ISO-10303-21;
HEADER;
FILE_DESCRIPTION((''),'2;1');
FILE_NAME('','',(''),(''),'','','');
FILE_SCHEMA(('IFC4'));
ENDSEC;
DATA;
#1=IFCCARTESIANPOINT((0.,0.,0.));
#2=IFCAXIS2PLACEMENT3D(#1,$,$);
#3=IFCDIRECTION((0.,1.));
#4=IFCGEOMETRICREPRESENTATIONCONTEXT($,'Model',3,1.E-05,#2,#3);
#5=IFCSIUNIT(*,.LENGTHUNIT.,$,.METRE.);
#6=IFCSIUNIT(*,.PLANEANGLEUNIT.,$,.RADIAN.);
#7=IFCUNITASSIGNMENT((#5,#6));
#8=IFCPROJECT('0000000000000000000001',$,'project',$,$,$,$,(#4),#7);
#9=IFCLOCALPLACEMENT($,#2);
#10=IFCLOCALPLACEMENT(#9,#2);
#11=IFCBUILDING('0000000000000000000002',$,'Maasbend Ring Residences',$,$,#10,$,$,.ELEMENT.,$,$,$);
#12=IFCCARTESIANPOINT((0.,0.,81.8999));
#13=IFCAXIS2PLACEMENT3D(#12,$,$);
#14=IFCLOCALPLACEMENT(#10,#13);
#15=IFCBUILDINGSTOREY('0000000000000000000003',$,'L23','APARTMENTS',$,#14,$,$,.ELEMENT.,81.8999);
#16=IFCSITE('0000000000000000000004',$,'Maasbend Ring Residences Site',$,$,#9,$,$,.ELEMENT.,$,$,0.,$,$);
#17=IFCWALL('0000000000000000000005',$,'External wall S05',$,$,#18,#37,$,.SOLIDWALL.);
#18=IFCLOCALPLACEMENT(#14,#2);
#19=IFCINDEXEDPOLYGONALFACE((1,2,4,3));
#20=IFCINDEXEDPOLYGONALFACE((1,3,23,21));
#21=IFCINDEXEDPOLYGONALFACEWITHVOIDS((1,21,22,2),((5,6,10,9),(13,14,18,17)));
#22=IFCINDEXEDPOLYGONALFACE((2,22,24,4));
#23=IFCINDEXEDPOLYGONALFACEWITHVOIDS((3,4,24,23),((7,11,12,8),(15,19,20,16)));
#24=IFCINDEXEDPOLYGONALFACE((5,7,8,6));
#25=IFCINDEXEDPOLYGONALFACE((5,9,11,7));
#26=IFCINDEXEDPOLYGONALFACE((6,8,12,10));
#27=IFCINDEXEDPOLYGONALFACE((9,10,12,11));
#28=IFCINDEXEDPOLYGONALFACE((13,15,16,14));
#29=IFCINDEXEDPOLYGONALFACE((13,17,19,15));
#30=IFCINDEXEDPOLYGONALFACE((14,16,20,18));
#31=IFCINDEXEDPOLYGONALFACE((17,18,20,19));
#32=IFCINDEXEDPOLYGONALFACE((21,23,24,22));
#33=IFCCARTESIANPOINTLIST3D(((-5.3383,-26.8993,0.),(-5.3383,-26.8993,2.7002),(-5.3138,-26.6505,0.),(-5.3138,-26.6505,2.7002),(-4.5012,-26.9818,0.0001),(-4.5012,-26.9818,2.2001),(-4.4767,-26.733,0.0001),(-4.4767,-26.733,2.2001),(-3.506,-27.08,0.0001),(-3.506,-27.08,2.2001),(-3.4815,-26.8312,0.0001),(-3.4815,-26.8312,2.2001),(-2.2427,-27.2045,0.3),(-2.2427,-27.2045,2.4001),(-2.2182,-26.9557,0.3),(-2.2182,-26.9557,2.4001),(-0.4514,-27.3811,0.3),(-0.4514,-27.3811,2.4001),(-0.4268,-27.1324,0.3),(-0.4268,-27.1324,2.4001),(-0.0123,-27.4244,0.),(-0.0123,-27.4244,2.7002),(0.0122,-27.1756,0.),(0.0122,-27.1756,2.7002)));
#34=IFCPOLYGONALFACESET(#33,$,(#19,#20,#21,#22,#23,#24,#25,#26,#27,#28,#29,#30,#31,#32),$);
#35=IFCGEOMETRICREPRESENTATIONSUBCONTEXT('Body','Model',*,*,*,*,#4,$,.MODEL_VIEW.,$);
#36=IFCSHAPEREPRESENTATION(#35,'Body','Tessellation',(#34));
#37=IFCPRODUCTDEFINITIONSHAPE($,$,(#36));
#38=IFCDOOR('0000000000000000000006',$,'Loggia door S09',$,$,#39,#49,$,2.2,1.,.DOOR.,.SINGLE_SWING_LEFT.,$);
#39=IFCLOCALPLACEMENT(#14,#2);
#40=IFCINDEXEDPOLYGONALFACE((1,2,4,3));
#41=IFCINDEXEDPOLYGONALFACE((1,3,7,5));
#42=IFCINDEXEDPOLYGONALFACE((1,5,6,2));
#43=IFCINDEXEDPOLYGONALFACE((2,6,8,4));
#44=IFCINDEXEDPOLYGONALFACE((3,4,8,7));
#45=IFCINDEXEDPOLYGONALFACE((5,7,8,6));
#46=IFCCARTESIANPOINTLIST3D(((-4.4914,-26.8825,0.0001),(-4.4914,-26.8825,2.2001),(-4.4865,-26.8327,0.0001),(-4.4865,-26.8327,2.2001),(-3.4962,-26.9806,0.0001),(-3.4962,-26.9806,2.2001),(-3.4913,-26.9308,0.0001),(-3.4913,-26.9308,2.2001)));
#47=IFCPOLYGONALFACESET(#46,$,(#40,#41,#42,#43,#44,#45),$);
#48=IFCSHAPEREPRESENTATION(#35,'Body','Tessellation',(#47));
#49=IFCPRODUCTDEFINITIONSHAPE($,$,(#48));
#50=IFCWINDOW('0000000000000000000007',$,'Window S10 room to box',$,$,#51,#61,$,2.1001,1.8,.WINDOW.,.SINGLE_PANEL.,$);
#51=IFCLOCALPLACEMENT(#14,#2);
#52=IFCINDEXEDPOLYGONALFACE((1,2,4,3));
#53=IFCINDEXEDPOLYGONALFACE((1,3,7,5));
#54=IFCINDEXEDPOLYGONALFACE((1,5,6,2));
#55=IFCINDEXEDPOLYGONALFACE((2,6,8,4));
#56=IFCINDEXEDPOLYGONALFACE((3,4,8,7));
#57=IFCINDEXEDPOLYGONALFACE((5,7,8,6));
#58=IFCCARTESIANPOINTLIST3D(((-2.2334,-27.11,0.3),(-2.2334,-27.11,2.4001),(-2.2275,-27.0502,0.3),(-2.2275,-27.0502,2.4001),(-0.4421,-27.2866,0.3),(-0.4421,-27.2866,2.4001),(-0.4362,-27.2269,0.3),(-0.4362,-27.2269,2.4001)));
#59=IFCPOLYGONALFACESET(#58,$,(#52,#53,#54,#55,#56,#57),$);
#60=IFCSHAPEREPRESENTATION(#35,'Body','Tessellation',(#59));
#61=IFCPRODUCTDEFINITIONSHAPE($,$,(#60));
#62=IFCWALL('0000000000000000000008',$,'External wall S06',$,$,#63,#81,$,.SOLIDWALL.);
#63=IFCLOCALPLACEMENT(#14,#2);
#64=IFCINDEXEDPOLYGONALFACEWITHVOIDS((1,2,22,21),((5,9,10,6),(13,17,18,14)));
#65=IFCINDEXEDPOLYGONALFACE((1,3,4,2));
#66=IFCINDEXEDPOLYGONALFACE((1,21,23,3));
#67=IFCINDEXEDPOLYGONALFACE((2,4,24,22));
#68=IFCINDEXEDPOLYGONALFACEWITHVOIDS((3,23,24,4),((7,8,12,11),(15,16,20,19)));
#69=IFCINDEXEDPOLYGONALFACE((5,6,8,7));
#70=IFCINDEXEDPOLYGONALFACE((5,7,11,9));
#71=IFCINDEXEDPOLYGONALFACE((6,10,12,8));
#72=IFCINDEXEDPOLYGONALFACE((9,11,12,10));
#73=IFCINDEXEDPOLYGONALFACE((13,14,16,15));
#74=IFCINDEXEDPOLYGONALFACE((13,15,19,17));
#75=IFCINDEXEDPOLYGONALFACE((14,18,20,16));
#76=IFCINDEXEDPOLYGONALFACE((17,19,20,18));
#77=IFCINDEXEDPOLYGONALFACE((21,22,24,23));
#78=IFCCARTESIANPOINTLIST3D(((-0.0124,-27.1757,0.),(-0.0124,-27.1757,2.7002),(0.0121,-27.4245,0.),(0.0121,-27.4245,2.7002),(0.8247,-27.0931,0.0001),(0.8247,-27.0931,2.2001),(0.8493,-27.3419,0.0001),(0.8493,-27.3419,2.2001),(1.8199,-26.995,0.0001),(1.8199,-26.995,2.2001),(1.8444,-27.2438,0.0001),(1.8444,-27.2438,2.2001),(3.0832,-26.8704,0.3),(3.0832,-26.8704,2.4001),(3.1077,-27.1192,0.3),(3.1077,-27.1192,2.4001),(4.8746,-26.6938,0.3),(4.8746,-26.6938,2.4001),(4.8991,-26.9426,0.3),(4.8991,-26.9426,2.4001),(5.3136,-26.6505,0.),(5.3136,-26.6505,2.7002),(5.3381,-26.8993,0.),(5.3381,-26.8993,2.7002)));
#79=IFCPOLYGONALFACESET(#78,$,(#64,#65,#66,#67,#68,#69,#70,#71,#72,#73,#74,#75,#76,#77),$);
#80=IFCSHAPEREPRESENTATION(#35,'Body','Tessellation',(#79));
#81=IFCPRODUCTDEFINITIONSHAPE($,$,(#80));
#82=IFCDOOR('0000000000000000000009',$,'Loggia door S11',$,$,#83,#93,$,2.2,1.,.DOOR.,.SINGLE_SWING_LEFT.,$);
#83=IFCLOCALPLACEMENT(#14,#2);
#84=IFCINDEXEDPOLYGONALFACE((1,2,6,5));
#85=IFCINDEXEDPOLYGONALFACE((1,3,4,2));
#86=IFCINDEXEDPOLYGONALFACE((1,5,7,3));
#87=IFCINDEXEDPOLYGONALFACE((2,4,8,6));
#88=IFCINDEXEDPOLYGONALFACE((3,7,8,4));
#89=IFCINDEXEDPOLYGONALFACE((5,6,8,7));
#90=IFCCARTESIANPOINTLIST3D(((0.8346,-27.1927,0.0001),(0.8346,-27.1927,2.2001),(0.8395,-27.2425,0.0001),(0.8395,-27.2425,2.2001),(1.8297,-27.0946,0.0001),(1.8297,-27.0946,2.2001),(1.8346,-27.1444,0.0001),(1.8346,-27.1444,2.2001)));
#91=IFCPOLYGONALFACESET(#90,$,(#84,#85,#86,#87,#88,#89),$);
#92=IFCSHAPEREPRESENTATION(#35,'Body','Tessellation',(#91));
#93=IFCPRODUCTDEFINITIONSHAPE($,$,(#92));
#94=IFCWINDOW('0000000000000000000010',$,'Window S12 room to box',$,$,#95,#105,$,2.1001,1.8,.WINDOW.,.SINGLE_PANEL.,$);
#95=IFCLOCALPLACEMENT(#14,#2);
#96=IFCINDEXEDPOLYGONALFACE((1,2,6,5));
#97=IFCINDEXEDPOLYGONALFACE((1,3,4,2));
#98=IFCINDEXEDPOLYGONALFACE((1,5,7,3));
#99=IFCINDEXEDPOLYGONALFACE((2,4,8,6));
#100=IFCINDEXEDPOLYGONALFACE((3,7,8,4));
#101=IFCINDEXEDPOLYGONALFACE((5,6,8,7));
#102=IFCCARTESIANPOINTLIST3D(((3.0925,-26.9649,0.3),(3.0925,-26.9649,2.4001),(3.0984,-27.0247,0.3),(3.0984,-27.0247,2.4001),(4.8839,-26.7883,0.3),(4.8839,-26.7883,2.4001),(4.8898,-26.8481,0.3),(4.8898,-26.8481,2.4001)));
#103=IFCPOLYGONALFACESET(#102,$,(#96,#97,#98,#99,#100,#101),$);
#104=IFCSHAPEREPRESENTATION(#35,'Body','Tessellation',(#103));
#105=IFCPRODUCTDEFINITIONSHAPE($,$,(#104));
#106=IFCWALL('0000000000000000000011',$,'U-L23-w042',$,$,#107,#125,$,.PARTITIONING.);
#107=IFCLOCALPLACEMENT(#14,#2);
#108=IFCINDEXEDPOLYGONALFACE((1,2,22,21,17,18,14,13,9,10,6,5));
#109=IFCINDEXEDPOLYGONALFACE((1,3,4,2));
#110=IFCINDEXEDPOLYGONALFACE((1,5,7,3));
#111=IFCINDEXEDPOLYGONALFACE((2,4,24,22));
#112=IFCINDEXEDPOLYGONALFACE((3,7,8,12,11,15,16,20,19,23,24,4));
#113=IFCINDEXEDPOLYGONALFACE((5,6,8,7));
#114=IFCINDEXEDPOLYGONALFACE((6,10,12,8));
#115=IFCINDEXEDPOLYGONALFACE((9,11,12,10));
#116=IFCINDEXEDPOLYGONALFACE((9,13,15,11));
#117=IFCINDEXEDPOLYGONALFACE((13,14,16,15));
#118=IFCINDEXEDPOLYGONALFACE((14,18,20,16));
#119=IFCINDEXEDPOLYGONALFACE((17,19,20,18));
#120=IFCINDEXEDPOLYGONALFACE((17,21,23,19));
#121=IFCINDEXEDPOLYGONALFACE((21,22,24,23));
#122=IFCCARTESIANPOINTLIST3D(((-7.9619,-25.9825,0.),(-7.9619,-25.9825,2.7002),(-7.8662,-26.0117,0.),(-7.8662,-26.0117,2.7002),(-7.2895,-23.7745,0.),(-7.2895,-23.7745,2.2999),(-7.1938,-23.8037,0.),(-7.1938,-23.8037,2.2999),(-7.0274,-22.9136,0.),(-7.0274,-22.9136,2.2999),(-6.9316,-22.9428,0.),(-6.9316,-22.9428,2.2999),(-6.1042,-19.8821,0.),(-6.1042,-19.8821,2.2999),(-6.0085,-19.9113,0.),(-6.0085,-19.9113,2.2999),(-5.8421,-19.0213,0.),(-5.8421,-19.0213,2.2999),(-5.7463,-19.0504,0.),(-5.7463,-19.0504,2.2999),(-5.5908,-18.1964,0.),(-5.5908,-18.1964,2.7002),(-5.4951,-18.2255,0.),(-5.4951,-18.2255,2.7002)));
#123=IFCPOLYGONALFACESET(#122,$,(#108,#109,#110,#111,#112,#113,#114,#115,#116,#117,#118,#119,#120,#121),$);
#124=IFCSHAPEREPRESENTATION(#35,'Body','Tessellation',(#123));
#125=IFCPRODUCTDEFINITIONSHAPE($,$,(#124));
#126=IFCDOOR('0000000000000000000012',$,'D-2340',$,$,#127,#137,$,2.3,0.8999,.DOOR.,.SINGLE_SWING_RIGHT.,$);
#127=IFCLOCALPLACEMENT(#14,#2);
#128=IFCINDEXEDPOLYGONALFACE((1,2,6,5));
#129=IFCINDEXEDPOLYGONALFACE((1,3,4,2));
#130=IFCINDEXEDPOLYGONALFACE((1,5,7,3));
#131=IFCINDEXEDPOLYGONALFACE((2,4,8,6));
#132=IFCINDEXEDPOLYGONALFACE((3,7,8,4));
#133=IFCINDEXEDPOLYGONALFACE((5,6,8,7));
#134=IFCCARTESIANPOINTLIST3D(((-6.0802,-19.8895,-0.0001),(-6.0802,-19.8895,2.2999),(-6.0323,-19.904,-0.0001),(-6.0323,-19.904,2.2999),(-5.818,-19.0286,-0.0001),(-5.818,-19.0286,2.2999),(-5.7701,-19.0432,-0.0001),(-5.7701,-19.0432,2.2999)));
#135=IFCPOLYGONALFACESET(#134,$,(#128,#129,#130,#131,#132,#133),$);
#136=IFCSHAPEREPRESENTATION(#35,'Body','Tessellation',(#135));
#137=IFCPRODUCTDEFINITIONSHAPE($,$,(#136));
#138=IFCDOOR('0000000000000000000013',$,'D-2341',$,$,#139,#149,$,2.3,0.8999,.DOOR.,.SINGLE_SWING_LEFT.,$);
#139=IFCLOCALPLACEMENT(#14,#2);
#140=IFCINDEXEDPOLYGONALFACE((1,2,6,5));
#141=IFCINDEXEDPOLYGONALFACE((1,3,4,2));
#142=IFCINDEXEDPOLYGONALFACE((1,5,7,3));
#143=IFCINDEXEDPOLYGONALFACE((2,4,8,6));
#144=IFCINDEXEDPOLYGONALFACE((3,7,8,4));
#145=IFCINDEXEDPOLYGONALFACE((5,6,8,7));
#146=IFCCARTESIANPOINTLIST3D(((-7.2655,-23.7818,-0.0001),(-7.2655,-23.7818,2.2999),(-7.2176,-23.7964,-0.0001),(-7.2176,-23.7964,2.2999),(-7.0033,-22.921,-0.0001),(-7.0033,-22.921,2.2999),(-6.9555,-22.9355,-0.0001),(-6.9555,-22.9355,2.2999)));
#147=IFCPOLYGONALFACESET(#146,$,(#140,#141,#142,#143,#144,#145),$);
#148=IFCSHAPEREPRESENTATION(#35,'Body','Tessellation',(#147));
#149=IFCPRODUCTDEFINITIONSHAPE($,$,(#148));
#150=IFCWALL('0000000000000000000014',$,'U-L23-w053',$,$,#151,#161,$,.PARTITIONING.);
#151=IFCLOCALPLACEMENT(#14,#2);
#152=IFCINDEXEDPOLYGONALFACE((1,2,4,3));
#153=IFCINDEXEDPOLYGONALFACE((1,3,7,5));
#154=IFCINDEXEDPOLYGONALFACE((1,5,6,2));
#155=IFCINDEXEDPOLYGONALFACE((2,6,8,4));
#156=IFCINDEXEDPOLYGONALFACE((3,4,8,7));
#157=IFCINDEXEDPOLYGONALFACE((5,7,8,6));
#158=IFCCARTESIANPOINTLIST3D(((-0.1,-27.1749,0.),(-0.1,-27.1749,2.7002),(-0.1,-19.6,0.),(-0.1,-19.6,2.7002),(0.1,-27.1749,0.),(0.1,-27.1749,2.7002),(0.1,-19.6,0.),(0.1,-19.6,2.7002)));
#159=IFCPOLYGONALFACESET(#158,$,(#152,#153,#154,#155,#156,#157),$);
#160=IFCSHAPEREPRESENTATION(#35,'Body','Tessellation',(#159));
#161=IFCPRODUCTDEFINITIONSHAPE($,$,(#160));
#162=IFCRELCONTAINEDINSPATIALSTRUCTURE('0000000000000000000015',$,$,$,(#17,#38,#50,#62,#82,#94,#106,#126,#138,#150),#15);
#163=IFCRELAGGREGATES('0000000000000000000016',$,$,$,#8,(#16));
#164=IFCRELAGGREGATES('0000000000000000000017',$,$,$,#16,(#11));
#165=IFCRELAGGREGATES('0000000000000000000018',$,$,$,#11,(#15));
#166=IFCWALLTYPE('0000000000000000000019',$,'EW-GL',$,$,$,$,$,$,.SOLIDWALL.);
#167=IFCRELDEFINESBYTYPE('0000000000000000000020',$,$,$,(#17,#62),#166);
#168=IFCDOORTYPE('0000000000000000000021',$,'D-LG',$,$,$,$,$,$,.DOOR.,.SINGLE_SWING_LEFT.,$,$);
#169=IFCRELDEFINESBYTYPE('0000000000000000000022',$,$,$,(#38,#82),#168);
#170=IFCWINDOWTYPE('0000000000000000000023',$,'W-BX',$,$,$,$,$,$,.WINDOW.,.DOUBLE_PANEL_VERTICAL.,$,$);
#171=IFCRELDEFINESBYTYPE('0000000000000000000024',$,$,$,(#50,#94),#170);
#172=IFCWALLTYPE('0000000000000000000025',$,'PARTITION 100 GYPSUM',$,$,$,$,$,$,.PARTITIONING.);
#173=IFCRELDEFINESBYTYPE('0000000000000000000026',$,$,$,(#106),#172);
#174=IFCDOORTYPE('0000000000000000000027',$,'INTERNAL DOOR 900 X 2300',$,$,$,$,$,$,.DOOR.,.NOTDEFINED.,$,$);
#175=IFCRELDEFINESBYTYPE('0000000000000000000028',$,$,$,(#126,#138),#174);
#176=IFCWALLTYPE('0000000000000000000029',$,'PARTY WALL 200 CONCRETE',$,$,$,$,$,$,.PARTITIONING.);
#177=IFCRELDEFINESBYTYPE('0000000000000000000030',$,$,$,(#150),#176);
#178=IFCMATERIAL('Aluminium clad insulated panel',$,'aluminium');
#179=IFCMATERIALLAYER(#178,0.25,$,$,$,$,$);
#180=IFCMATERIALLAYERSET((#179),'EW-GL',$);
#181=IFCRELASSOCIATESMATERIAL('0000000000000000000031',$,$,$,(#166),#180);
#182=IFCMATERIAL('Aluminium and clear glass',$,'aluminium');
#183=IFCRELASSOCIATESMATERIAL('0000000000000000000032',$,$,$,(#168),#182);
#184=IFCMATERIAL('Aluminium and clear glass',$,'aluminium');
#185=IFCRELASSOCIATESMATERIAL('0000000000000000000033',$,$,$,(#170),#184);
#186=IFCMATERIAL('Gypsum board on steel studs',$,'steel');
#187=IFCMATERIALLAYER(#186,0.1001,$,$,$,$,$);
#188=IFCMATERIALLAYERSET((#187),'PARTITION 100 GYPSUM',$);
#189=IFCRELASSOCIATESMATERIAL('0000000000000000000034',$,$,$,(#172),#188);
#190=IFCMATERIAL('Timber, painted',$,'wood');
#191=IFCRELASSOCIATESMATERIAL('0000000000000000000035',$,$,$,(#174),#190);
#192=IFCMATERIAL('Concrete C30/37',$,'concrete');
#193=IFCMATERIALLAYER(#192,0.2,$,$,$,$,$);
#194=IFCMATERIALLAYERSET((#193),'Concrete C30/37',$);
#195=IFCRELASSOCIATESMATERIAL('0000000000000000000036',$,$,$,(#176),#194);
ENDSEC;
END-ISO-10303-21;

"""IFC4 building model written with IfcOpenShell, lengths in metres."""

from ifc_helpers import new_model, si_unit, direction, frame, frame_2d, origin, place, context, subcontext, project, spatial, rectangle, extrude, material, layer, layer_set, type_object, element, fill, save


model = new_model("IFC4")

# Units and contexts
model_context = context("Model", 3, precision=1e-05, world=origin(), true_north=direction((0.0, 1.0)))
body_context = subcontext(model_context, "Body", "Model", "MODEL_VIEW")
ifc_project = project(units=[si_unit("LENGTHUNIT", "METRE"), si_unit("PLANEANGLEUNIT", "RADIAN")], contexts=[model_context])

# Site, building, storey
site_placement = place(None, origin())
site = spatial("IfcSite", under=ifc_project, at=site_placement, Name="Maasbend Ring Residences Site", CompositionType="ELEMENT", RefElevation=0.0)
building_placement = place(site_placement, origin())
building = spatial("IfcBuilding", under=site, at=building_placement, Name="Maasbend Ring Residences", CompositionType="ELEMENT")
storey_placement = place(building_placement, frame((0.0, 0.0, 81.8999)))
storey = spatial("IfcBuildingStorey", under=building, at=storey_placement, Name="L23", Description="APARTMENTS", CompositionType="ELEMENT", Elevation=81.8999)

# Walls, openings, doors, windows
ifc_material_1 = material(Name="Aluminium clad insulated panel", Category="aluminium")
ifc_layer_1 = layer(ifc_material_1, 0.25)
ifc_layer_set_1 = layer_set([ifc_layer_1], Name="EW-GL")
wall_type_1 = type_object("IfcWallType", Name="EW-GL", PredefinedType="SOLIDWALL", material=ifc_layer_set_1)
wall_1_placement = place(storey_placement, frame((-5.3259, -26.7749, 0.0), z_axis=(0.0, 0.0, 1.0), x_axis=(0.995174, -0.098126, 0.0)))
wall_1 = element("IfcWall", 1, at=wall_1_placement, inside=storey, type_object=wall_type_1, Name="External wall S05", PredefinedType="SOLIDWALL", context=body_context, shape_type="SweptSolid", body=[
    extrude(rectangle(XDim=5.3518, YDim=0.25, at=frame_2d((2.6758, 0.0))), origin(), (0.0, 0.0, 1.0), 2.7002),
])
opening_1_placement = place(wall_1_placement, frame((0.8411, 0.0, 0.0)))
opening_1 = element("IfcOpeningElement", 2, at=opening_1_placement, cuts=wall_1, PredefinedType="OPENING", context=body_context, shape_type="SweptSolid", body=[
    extrude(rectangle(XDim=1.0, YDim=2.2, at=frame_2d((0.5, 1.1001))), frame((0.0, 0.135, 0.0), z_axis=(0.0, -1.0, 0.0), x_axis=(1.0, 0.0, 0.0)), (0.0, 0.0, 1.0), 0.27),
])
opening_2_placement = place(wall_1_placement, frame((3.1106, 0.0, 0.3)))
opening_2 = element("IfcOpeningElement", 3, at=opening_2_placement, cuts=wall_1, PredefinedType="OPENING", context=body_context, shape_type="SweptSolid", body=[
    extrude(rectangle(XDim=1.8, YDim=2.1001, at=frame_2d((0.8999, 1.05))), frame((0.0, 0.135, 0.0), z_axis=(0.0, -1.0, 0.0), x_axis=(1.0, 0.0, 0.0)), (0.0, 0.0, 1.0), 0.27),
])
ifc_material_2 = material(Name="Aluminium and clear glass", Category="aluminium")
door_type_1 = type_object("IfcDoorType", Name="D-LG", OperationType="SINGLE_SWING_LEFT", PredefinedType="DOOR", material=ifc_material_2)
door_1_placement = place(opening_1_placement, origin())
door_1 = element("IfcDoor", 4, at=door_1_placement, inside=storey, type_object=door_type_1, Name="Loggia door S09", OperationType="SINGLE_SWING_LEFT", OverallHeight=2.2, OverallWidth=1.0, PredefinedType="DOOR", context=body_context, shape_type="SweptSolid", body=[
    extrude(rectangle(XDim=1.0, YDim=2.2, at=frame_2d((0.5, 1.1001))), frame((0.0, 0.0249, 0.0), z_axis=(0.0, -1.0, 0.0), x_axis=(1.0, 0.0, 0.0)), (0.0, 0.0, 1.0), 0.05),
])
fill(opening_1, door_1)
ifc_material_3 = material(Name="Aluminium and clear glass", Category="aluminium")
window_type_1 = type_object("IfcWindowType", Name="W-BX", PartitioningType="DOUBLE_PANEL_VERTICAL", PredefinedType="WINDOW", material=ifc_material_3)
window_1_placement = place(opening_2_placement, origin())
window_1 = element("IfcWindow", 5, at=window_1_placement, inside=storey, type_object=window_type_1, Name="Window S10 room to box", OverallHeight=2.1001, OverallWidth=1.8, PartitioningType="SINGLE_PANEL", PredefinedType="WINDOW", context=body_context, shape_type="SweptSolid", body=[
    extrude(rectangle(XDim=1.8, YDim=2.1001, at=frame_2d((0.8999, 1.05))), frame((0.0, 0.03, 0.0), z_axis=(0.0, -1.0, 0.0), x_axis=(1.0, 0.0, 0.0)), (0.0, 0.0, 1.0), 0.0601),
])
fill(opening_2, window_1)
wall_2_placement = place(storey_placement, frame((0.0, -27.3, 0.0), z_axis=(0.0, 0.0, 1.0), x_axis=(0.995174, 0.098126, 0.0)))
wall_2 = element("IfcWall", 6, at=wall_2_placement, inside=storey, type_object=wall_type_1, Name="External wall S06", PredefinedType="SOLIDWALL", context=body_context, shape_type="SweptSolid", body=[
    extrude(rectangle(XDim=5.3518, YDim=0.25, at=frame_2d((2.6758, 0.0))), origin(), (0.0, 0.0, 1.0), 2.7002),
])
opening_3_placement = place(wall_2_placement, frame((0.8411, 0.0, 0.0)))
opening_3 = element("IfcOpeningElement", 7, at=opening_3_placement, cuts=wall_2, PredefinedType="OPENING", context=body_context, shape_type="SweptSolid", body=[
    extrude(rectangle(XDim=1.0, YDim=2.2, at=frame_2d((0.5, 1.1001))), frame((0.0, 0.135, 0.0), z_axis=(0.0, -1.0, 0.0), x_axis=(1.0, 0.0, 0.0)), (0.0, 0.0, 1.0), 0.27),
])
opening_4_placement = place(wall_2_placement, frame((3.1106, 0.0, 0.3)))
opening_4 = element("IfcOpeningElement", 8, at=opening_4_placement, cuts=wall_2, PredefinedType="OPENING", context=body_context, shape_type="SweptSolid", body=[
    extrude(rectangle(XDim=1.8, YDim=2.1001, at=frame_2d((0.8999, 1.05))), frame((0.0, 0.135, 0.0), z_axis=(0.0, -1.0, 0.0), x_axis=(1.0, 0.0, 0.0)), (0.0, 0.0, 1.0), 0.27),
])
door_2_placement = place(opening_3_placement, origin())
door_2 = element("IfcDoor", 9, at=door_2_placement, inside=storey, type_object=door_type_1, Name="Loggia door S11", OperationType="SINGLE_SWING_LEFT", OverallHeight=2.2, OverallWidth=1.0, PredefinedType="DOOR", context=body_context, shape_type="SweptSolid", body=[
    extrude(rectangle(XDim=1.0, YDim=2.2, at=frame_2d((0.5, 1.1001))), frame((0.0, 0.0249, 0.0), z_axis=(0.0, -1.0, 0.0), x_axis=(1.0, 0.0, 0.0)), (0.0, 0.0, 1.0), 0.05),
])
fill(opening_3, door_2)
window_2_placement = place(opening_4_placement, origin())
window_2 = element("IfcWindow", 10, at=window_2_placement, inside=storey, type_object=window_type_1, Name="Window S12 room to box", OverallHeight=2.1001, OverallWidth=1.8, PartitioningType="SINGLE_PANEL", PredefinedType="WINDOW", context=body_context, shape_type="SweptSolid", body=[
    extrude(rectangle(XDim=1.8, YDim=2.1001, at=frame_2d((0.8999, 1.05))), frame((0.0, 0.03, 0.0), z_axis=(0.0, -1.0, 0.0), x_axis=(1.0, 0.0, 0.0)), (0.0, 0.0, 1.0), 0.0601),
])
fill(opening_4, window_2)

# Wall, openings, doors
ifc_material_4 = material(Name="Gypsum board on steel studs", Category="steel")
ifc_layer_2 = layer(ifc_material_4, 0.1001)
ifc_layer_set_2 = layer_set([ifc_layer_2], Name="PARTITION 100 GYPSUM")
wall_type_2 = type_object("IfcWallType", Name="PARTITION 100 GYPSUM", PredefinedType="PARTITIONING", material=ifc_layer_set_2)
wall_3_placement = place(storey_placement, frame((-7.9141, -25.9971, 0.0), z_axis=(0.0, 0.0, 1.0), x_axis=(0.291319, 0.956626, 0.0)))
wall_3 = element("IfcWall", 11, at=wall_3_placement, inside=storey, type_object=wall_type_2, Name="U-L23-w042", PredefinedType="PARTITIONING", context=body_context, shape_type="SweptSolid", body=[
    extrude(rectangle(XDim=8.1392, YDim=0.1001, at=frame_2d((4.0696, 0.0))), origin(), (0.0, 0.0, 1.0), 2.7002),
])
opening_5_placement = place(wall_3_placement, frame((6.377, 0.0, 0.0)))
opening_5 = element("IfcOpeningElement", 12, at=opening_5_placement, cuts=wall_3, PredefinedType="OPENING", context=body_context, shape_type="SweptSolid", body=[
    extrude(rectangle(XDim=0.8999, YDim=2.3, at=frame_2d((0.45, 1.1499))), frame((0.0, 0.0601, 0.0), z_axis=(0.0, -1.0, 0.0), x_axis=(1.0, 0.0, 0.0)), (0.0, 0.0, 1.0), 0.1201),
])
opening_6_placement = place(wall_3_placement, frame((2.3081, 0.0, 0.0)))
opening_6 = element("IfcOpeningElement", 13, at=opening_6_placement, cuts=wall_3, PredefinedType="OPENING", context=body_context, shape_type="SweptSolid", body=[
    extrude(rectangle(XDim=0.8999, YDim=2.3, at=frame_2d((0.45, 1.1499))), frame((0.0, 0.0601, 0.0), z_axis=(0.0, -1.0, 0.0), x_axis=(1.0, 0.0, 0.0)), (0.0, 0.0, 1.0), 0.1201),
])
ifc_material_5 = material(Name="Timber, painted", Category="wood")
door_type_2 = type_object("IfcDoorType", Name="INTERNAL DOOR 900 X 2300", OperationType="NOTDEFINED", PredefinedType="DOOR", material=ifc_material_5)
door_3_placement = place(opening_5_placement, origin())
door_3 = element("IfcDoor", 14, at=door_3_placement, inside=storey, type_object=door_type_2, Name="D-2340", OperationType="SINGLE_SWING_RIGHT", OverallHeight=2.3, OverallWidth=0.8999, PredefinedType="DOOR", context=body_context, shape_type="SweptSolid", body=[
    extrude(rectangle(XDim=0.8999, YDim=2.3, at=frame_2d((0.45, 1.1499))), frame((0.0, 0.0249, 0.0), z_axis=(0.0, -1.0, 0.0), x_axis=(1.0, 0.0, 0.0)), (0.0, 0.0, 1.0), 0.05),
])
fill(opening_5, door_3)
door_4_placement = place(opening_6_placement, origin())
door_4 = element("IfcDoor", 15, at=door_4_placement, inside=storey, type_object=door_type_2, Name="D-2341", OperationType="SINGLE_SWING_LEFT", OverallHeight=2.3, OverallWidth=0.8999, PredefinedType="DOOR", context=body_context, shape_type="SweptSolid", body=[
    extrude(rectangle(XDim=0.8999, YDim=2.3, at=frame_2d((0.45, 1.1499))), frame((0.0, 0.0249, 0.0), z_axis=(0.0, -1.0, 0.0), x_axis=(1.0, 0.0, 0.0)), (0.0, 0.0, 1.0), 0.05),
])
fill(opening_6, door_4)

# Wall
ifc_material_6 = material(Name="Concrete C30/37", Category="concrete")
ifc_layer_3 = layer(ifc_material_6, 0.2)
ifc_layer_set_3 = layer_set([ifc_layer_3], Name="Concrete C30/37")
wall_type_3 = type_object("IfcWallType", Name="PARTY WALL 200 CONCRETE", PredefinedType="PARTITIONING", material=ifc_layer_set_3)
wall_4_placement = place(storey_placement, frame((0.0, -27.175, 0.0), z_axis=(0.0, 0.0, 1.0), x_axis=(0.0, 1.0, 0.0)))
element("IfcWall", 16, at=wall_4_placement, inside=storey, type_object=wall_type_3, Name="U-L23-w053", PredefinedType="PARTITIONING", context=body_context, shape_type="SweptSolid", body=[
    extrude(rectangle(XDim=7.575, YDim=0.2, at=frame_2d((3.7876, 0.0))), origin(), (0.0, 0.0, 1.0), 2.7002),
])

save(model, "model.ifc")
